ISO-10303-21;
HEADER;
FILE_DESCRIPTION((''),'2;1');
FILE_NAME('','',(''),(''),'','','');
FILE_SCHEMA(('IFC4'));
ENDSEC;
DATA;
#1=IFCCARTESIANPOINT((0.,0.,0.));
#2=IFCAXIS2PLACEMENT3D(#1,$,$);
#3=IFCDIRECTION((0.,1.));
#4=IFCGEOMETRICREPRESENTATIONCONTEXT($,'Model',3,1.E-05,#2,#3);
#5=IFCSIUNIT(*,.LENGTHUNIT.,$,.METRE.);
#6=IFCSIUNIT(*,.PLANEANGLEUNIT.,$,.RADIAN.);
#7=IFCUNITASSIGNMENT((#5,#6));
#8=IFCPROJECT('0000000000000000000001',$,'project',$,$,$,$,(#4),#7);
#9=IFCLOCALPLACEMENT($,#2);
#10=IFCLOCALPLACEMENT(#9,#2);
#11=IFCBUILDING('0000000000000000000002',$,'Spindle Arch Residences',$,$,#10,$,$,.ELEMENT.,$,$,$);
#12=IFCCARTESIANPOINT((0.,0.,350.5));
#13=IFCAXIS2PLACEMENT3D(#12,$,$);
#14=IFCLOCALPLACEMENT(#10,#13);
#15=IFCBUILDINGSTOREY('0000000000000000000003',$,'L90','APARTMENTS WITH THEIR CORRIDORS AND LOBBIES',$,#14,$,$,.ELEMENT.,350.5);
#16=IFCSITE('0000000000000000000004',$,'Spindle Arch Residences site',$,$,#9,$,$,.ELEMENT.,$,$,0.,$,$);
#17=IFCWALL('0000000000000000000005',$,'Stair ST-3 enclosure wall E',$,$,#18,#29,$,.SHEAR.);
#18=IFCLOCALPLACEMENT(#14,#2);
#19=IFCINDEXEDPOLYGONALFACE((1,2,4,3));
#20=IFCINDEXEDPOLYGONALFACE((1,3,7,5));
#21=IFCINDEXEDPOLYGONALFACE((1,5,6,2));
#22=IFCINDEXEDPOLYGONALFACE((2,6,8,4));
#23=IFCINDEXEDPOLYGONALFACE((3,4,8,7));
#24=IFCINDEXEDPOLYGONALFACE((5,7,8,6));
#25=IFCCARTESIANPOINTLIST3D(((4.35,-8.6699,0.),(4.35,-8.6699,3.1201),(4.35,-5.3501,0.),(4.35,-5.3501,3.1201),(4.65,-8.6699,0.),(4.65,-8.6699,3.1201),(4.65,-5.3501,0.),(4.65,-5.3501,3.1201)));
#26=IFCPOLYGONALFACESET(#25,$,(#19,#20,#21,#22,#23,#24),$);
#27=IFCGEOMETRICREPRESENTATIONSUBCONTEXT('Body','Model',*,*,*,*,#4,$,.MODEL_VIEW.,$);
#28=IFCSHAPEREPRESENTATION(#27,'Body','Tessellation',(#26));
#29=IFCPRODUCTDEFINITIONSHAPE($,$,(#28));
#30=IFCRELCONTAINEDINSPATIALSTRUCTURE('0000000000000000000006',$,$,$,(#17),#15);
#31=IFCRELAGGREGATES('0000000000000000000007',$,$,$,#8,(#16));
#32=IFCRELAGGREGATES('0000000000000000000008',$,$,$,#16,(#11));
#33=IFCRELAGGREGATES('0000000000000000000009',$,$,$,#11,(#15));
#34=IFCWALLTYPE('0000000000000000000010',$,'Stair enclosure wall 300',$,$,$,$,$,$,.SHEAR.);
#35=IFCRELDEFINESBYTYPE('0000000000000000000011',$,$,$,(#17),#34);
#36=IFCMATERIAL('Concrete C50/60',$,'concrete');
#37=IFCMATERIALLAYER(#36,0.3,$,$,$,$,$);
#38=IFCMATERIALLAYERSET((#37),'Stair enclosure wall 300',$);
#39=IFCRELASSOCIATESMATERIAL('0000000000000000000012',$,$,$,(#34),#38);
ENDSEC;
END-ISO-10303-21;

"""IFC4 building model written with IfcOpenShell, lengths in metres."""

from ifc_helpers import new_model, si_unit, direction, frame, frame_2d, origin, place, context, subcontext, project, spatial, rectangle, extrude, material, layer, layer_set, type_object, element, save


model = new_model("IFC4")

# Units and contexts
model_context = context("Model", 3, precision=1e-05, world=origin(), true_north=direction((0.0, 1.0)))
body_context = subcontext(model_context, "Body", "Model", "MODEL_VIEW")
ifc_project = project(units=[si_unit("LENGTHUNIT", "METRE"), si_unit("PLANEANGLEUNIT", "RADIAN")], contexts=[model_context])

# Site, building, storey
site_placement = place(None, origin())
site = spatial("IfcSite", under=ifc_project, at=site_placement, Name="Spindle Arch Residences site", CompositionType="ELEMENT", RefElevation=0.0)
building_placement = place(site_placement, origin())
building = spatial("IfcBuilding", under=site, at=building_placement, Name="Spindle Arch Residences", CompositionType="ELEMENT")
storey_placement = place(building_placement, frame((0.0, 0.0, 350.5)))
storey = spatial("IfcBuildingStorey", under=building, at=storey_placement, Name="L90", Description="APARTMENTS WITH THEIR CORRIDORS AND LOBBIES", CompositionType="ELEMENT", Elevation=350.5)

# Wall
ifc_material_1 = material(Name="Concrete C50/60", Category="concrete")
ifc_layer_1 = layer(ifc_material_1, 0.3)
ifc_layer_set_1 = layer_set([ifc_layer_1], Name="Stair enclosure wall 300")
wall_type_1 = type_object("IfcWallType", Name="Stair enclosure wall 300", PredefinedType="SHEAR", material=ifc_layer_set_1)
wall_1_placement = place(storey_placement, frame((4.5, -8.6699, 0.0), z_axis=(0.0, 0.0, 1.0), x_axis=(0.0, 1.0, 0.0)))
element("IfcWall", 1, at=wall_1_placement, inside=storey, type_object=wall_type_1, Name="Stair ST-3 enclosure wall E", PredefinedType="SHEAR", context=body_context, shape_type="SweptSolid", body=[
    extrude(rectangle(XDim=3.3198, YDim=0.3, at=frame_2d((1.6599, 0.0))), origin(), (0.0, 0.0, 1.0), 3.1201),
])

save(model, "model.ifc")
